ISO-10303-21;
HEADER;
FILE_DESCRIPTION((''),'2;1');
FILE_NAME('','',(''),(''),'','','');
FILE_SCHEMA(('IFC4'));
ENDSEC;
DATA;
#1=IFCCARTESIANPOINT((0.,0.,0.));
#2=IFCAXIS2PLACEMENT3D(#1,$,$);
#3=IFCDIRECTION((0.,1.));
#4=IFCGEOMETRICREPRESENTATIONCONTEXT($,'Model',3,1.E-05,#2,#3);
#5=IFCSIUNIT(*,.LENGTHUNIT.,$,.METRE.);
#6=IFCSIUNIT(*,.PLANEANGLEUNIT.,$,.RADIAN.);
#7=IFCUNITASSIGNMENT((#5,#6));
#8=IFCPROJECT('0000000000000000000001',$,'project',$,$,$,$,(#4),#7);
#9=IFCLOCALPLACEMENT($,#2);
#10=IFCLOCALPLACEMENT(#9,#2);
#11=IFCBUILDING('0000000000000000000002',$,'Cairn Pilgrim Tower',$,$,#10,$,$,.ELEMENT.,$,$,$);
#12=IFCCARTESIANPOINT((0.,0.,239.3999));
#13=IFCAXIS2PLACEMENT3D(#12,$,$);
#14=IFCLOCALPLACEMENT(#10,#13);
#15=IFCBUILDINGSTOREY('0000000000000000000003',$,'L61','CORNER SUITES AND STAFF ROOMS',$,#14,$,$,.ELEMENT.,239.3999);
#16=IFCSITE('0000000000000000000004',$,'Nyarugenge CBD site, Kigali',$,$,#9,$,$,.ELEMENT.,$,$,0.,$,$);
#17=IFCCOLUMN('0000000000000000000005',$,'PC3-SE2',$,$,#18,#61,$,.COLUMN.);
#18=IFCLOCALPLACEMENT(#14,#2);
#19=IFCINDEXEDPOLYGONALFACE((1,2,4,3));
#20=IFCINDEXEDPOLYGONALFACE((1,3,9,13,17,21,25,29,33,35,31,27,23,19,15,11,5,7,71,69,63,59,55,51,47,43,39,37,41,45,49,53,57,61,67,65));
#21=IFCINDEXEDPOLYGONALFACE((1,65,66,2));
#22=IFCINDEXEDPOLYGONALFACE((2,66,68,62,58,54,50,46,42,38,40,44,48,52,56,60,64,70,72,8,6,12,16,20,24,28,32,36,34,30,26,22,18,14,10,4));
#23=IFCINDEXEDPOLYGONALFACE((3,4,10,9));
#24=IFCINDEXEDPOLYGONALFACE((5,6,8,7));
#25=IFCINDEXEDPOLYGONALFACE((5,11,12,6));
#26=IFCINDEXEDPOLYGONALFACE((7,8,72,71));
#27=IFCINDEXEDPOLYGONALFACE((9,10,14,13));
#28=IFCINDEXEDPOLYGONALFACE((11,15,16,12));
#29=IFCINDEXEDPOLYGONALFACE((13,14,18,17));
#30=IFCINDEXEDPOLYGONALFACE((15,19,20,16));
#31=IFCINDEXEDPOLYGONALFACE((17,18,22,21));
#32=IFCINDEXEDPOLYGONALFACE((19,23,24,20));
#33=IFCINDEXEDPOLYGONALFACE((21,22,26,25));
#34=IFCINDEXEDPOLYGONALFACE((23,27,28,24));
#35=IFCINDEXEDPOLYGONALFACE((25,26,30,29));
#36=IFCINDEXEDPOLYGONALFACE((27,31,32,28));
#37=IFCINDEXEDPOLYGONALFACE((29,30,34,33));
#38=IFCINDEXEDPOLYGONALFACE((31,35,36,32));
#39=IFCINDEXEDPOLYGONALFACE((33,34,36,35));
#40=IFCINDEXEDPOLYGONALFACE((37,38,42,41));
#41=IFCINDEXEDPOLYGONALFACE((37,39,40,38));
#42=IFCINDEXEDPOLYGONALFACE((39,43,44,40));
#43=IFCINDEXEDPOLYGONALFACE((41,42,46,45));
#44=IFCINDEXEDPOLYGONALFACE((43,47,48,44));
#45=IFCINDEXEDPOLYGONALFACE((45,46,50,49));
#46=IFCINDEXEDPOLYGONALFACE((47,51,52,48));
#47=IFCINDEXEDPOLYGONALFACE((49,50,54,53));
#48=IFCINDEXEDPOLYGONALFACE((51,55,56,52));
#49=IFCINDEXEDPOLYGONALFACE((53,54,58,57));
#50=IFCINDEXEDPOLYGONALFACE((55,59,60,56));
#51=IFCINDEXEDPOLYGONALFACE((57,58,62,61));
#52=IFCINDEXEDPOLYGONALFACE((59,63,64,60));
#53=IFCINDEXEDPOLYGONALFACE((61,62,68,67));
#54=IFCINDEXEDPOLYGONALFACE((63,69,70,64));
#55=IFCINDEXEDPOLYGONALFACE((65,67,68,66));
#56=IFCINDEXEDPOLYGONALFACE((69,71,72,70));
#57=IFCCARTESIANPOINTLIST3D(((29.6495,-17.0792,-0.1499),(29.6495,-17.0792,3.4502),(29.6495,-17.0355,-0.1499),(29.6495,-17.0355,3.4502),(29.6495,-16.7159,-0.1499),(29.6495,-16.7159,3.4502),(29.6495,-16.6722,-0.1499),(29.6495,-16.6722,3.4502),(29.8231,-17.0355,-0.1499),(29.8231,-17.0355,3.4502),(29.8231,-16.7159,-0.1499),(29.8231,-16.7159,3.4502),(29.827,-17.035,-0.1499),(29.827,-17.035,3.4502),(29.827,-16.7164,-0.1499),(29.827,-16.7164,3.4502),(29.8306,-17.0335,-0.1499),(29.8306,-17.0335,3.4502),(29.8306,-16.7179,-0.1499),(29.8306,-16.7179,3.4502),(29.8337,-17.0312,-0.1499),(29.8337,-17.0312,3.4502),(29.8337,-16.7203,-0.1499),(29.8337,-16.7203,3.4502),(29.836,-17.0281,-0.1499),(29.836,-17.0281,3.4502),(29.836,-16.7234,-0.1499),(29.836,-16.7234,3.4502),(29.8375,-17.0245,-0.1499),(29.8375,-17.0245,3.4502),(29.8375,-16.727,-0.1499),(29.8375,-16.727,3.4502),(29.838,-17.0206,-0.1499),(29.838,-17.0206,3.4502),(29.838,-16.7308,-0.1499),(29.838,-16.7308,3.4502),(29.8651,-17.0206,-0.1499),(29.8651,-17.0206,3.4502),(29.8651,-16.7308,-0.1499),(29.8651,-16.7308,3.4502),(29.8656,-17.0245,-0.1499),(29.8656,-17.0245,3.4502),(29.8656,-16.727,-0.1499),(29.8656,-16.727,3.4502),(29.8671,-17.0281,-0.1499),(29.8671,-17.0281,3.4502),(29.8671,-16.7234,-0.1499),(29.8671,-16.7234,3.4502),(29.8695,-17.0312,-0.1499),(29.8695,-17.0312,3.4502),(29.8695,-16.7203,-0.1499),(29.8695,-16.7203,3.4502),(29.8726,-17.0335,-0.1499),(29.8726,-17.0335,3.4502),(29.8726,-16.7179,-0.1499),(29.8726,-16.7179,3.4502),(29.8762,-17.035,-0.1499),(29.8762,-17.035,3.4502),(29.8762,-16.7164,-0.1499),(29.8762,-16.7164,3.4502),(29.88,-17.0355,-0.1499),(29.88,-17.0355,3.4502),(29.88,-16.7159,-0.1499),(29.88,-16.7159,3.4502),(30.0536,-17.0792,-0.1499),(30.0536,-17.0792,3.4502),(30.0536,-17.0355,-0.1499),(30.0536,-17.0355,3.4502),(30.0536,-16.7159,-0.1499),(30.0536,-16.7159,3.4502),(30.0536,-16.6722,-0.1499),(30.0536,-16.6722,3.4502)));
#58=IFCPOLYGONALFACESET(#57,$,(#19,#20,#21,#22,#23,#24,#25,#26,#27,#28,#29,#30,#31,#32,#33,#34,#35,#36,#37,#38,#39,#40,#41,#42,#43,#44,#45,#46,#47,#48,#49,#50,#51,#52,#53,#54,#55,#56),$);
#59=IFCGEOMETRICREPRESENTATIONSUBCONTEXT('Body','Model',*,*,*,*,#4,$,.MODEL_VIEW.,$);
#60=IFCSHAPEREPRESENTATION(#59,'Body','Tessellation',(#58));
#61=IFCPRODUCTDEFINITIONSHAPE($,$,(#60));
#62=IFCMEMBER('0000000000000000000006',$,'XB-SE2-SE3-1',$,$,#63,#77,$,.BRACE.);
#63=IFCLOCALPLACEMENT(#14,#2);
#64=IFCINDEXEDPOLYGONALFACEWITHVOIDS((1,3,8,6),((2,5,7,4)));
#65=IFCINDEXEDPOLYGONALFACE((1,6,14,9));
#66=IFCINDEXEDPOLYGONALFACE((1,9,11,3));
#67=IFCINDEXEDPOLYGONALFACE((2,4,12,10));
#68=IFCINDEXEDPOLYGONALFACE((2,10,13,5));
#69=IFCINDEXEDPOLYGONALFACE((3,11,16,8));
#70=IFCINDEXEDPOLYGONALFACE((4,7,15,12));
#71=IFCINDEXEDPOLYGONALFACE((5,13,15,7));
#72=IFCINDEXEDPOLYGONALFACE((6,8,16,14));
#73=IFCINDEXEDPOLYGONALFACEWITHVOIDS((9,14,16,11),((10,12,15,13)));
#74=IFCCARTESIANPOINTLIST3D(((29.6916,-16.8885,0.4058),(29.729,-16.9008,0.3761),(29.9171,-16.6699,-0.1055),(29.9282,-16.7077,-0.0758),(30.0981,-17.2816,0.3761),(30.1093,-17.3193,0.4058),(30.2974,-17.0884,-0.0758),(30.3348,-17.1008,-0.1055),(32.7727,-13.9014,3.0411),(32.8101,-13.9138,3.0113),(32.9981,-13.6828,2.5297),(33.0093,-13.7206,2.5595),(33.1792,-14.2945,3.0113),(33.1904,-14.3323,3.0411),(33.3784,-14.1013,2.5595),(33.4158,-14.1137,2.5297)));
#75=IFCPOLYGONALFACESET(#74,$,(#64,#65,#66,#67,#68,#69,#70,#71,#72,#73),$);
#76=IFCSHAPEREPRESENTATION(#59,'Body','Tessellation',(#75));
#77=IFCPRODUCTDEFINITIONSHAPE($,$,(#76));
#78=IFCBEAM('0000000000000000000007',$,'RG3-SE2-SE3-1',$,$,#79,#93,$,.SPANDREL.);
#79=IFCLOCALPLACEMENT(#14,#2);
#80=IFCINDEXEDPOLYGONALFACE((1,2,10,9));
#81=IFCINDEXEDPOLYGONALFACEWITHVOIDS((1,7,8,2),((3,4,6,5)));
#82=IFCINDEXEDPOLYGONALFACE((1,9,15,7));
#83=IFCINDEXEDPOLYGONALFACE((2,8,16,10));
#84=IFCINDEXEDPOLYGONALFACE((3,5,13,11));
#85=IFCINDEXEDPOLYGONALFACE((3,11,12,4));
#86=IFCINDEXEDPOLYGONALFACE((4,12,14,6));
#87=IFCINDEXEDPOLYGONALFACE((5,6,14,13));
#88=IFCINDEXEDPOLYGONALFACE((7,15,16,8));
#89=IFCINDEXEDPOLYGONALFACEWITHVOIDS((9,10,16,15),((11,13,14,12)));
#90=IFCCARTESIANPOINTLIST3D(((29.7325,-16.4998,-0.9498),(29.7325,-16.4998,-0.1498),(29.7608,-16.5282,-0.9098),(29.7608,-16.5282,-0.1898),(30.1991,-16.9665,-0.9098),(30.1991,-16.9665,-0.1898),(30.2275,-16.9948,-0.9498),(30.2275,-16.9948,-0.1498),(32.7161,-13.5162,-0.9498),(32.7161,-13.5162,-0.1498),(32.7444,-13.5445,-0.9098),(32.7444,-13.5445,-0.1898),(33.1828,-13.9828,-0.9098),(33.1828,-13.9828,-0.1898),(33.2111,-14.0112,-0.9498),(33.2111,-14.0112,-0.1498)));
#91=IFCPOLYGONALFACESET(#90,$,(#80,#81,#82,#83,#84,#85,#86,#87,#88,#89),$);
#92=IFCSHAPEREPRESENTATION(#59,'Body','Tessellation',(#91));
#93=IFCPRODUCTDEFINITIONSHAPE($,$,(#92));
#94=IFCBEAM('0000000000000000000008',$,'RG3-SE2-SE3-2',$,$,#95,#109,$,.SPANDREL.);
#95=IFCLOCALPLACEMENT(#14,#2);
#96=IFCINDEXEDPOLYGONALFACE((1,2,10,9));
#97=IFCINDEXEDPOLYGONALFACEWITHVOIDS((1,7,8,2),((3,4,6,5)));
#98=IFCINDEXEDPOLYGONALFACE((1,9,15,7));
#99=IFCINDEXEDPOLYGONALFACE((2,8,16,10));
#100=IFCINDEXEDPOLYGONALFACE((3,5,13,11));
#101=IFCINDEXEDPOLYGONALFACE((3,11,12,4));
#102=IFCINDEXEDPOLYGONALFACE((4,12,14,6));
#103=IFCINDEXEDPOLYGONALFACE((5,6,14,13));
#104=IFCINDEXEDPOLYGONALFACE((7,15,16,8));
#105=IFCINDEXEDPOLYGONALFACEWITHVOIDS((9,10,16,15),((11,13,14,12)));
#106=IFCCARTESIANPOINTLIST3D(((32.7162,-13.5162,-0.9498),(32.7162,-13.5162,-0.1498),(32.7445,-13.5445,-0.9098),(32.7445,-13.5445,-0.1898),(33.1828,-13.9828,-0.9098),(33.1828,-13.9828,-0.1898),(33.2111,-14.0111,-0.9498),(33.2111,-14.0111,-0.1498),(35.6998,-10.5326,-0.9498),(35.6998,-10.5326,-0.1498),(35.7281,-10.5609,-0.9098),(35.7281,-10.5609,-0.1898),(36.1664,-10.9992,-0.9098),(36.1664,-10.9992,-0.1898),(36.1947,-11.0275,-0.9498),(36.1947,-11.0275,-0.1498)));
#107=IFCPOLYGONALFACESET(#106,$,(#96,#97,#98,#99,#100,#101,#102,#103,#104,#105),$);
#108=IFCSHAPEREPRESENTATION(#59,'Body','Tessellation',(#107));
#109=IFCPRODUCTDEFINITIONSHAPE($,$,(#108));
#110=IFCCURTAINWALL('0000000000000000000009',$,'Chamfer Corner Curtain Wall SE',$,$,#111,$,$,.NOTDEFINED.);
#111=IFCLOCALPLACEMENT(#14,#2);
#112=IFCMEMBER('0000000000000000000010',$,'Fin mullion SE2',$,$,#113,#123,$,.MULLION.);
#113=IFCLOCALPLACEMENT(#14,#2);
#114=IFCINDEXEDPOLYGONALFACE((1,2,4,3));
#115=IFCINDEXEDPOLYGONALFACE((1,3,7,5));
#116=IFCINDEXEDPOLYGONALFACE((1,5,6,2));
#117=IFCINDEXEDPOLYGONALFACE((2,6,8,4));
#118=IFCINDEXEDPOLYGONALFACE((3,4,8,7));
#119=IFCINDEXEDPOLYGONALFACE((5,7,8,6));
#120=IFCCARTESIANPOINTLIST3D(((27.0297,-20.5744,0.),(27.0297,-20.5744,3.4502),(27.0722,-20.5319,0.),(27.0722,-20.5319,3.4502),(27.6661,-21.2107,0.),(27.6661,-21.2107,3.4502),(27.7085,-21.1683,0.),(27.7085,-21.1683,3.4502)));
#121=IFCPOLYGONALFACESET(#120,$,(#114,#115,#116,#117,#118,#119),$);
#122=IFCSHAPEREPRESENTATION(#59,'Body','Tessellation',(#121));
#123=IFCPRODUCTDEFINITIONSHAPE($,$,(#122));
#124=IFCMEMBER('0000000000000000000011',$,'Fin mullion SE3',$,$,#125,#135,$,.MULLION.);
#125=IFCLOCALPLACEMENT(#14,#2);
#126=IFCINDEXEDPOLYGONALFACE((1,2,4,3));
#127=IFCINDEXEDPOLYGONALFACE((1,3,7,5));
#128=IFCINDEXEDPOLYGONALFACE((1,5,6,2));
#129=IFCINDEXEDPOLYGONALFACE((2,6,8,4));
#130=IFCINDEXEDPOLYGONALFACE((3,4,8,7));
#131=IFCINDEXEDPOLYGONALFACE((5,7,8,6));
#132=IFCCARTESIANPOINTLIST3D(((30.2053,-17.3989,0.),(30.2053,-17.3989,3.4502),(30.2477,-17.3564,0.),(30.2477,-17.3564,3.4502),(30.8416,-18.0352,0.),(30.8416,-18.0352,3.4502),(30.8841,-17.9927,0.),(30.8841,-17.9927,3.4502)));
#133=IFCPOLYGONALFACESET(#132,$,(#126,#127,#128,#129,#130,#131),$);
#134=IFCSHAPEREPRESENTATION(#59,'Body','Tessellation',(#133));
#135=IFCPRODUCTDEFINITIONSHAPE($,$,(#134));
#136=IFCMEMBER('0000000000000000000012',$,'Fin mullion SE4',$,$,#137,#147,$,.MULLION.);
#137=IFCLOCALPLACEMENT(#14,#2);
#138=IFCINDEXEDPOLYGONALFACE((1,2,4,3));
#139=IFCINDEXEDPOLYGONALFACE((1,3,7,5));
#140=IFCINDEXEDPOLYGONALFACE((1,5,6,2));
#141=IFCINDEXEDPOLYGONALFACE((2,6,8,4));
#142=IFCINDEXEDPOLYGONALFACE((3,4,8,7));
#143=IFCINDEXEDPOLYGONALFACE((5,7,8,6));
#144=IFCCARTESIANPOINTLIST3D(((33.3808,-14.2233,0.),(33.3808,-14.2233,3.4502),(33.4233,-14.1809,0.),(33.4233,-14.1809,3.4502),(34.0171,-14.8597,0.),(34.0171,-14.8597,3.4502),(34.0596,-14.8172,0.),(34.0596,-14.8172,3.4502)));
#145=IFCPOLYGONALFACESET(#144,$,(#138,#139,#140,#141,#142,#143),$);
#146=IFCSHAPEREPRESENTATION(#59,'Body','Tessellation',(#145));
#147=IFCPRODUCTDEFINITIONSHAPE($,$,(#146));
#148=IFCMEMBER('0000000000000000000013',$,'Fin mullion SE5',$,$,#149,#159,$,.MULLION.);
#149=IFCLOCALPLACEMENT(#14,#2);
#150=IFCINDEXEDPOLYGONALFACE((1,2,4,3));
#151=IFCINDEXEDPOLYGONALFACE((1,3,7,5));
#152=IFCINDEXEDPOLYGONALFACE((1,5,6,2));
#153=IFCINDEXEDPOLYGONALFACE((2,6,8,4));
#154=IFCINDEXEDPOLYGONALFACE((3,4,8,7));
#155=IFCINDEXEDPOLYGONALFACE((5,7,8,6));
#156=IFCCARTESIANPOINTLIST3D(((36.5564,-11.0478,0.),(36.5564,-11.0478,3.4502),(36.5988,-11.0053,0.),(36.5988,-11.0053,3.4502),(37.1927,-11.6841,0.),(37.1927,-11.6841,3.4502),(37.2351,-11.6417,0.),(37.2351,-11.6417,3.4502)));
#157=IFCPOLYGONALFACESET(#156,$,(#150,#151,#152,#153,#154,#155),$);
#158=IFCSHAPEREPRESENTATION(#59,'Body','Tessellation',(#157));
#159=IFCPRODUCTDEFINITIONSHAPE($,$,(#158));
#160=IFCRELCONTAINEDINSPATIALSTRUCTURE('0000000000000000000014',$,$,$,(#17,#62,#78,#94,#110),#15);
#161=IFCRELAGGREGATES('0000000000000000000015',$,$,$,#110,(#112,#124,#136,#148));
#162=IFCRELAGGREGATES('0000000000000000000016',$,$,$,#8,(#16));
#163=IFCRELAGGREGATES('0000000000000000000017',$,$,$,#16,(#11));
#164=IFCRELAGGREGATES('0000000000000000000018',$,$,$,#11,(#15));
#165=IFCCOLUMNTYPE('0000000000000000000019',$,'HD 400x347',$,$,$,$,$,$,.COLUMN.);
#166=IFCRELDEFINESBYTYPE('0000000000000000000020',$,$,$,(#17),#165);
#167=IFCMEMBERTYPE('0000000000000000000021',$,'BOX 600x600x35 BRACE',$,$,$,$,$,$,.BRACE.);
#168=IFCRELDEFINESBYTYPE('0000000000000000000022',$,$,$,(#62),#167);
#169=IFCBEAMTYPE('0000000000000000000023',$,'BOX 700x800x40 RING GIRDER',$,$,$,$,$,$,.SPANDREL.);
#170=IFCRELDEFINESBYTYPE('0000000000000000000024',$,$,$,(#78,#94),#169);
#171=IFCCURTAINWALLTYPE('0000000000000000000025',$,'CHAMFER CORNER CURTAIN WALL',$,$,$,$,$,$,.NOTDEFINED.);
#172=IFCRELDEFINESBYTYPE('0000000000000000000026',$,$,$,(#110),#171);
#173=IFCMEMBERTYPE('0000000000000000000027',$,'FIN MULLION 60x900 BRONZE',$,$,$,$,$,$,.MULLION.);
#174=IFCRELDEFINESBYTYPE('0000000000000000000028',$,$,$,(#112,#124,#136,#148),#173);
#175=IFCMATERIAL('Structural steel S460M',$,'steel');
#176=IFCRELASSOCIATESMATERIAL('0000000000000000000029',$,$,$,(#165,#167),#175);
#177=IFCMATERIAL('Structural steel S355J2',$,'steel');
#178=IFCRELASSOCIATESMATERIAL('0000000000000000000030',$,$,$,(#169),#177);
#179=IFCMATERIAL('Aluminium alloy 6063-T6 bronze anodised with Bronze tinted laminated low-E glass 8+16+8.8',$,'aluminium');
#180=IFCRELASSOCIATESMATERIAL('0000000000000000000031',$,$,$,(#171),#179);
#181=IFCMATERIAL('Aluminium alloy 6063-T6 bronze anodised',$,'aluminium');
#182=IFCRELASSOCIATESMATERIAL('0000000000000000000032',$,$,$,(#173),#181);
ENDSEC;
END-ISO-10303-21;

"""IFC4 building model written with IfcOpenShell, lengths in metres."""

from ifc_helpers import new_model, si_unit, direction, frame, origin, origin_2d, place, context, subcontext, project, spatial, rectangle, hollow_rectangle, i_section, extrude, material, material_profile, profile_set, type_object, element, aggregate, save


model = new_model("IFC4")

# Units and contexts
model_context = context("Model", 3, precision=1e-05, world=origin(), true_north=direction((0.0, 1.0)))
body_context = subcontext(model_context, "Body", "Model", "MODEL_VIEW")
ifc_project = project(units=[si_unit("LENGTHUNIT", "METRE"), si_unit("PLANEANGLEUNIT", "RADIAN")], contexts=[model_context])

# Site, building, storey
site_placement = place(None, origin())
site = spatial("IfcSite", under=ifc_project, at=site_placement, Name="Nyarugenge CBD site, Kigali", CompositionType="ELEMENT", RefElevation=0.0)
building_placement = place(site_placement, origin())
building = spatial("IfcBuilding", under=site, at=building_placement, Name="Cairn Pilgrim Tower", CompositionType="ELEMENT")
storey_placement = place(building_placement, frame((0.0, 0.0, 239.3999)))
storey = spatial("IfcBuildingStorey", under=building, at=storey_placement, Name="L61", Description="CORNER SUITES AND STAFF ROOMS", CompositionType="ELEMENT", Elevation=239.3999)

# Column
ifc_material_1 = material(Name="Structural steel S460M", Category="steel")
ifc_material_profile_1 = material_profile(ifc_material_1, i_section(OverallWidth=0.4041, OverallDepth=0.407, WebThickness=0.0271, FlangeThickness=0.0437, FilletRadius=0.0149, at=origin_2d()), Name="HD 400x347")
ifc_profile_set_1 = profile_set([ifc_material_profile_1], Name="Structural steel S460M")
column_type = type_object("IfcColumnType", Name="HD 400x347", PredefinedType="COLUMN", material=ifc_profile_set_1)
column_placement = place(storey_placement, frame((29.8516, -16.8757, -0.1499), z_axis=(0.0, 0.0, 1.0), x_axis=(1.0, 0.0, 0.0)))
element("IfcColumn", 1, at=column_placement, inside=storey, type_object=column_type, Name="PC3-SE2", PredefinedType="COLUMN", context=body_context, shape_type="SweptSolid", body=[
    extrude(i_section(OverallWidth=0.4041, OverallDepth=0.407, WebThickness=0.0271, FlangeThickness=0.0437, FilletRadius=0.0149, at=origin_2d()), origin(), (0.0, 0.0, 1.0), 3.6001),
])

# Member
ifc_material_profile_2 = material_profile(ifc_material_1, hollow_rectangle(XDim=0.6001, YDim=0.6001, WallThickness=0.0349, at=origin_2d()), Name="BOX 600x600x35")
ifc_profile_set_2 = profile_set([ifc_material_profile_2], Name="Structural steel S460M")
member_type_1 = type_object("IfcMemberType", Name="BOX 600x600x35 BRACE", PredefinedType="BRACE", material=ifc_profile_set_2)
member_1_placement = place(storey_placement, frame((30.0132, -16.9946, 0.1501), z_axis=(0.611822, 0.593157, 0.523297), x_axis=(-0.69607, 0.717974, 0.0)))
element("IfcMember", 2, at=member_1_placement, inside=storey, type_object=member_type_1, Name="XB-SE2-SE3-1", PredefinedType="BRACE", context=body_context, shape_type="SweptSolid", body=[
    extrude(hollow_rectangle(XDim=0.6001, YDim=0.6001, WallThickness=0.0349, at=origin_2d()), origin(), (0.0, 0.0, 1.0), 5.0359),
])

# Beams
ifc_material_2 = material(Name="Structural steel S355J2", Category="steel")
ifc_material_profile_3 = material_profile(ifc_material_2, hollow_rectangle(XDim=0.7, YDim=0.8, WallThickness=0.04, at=origin_2d()), Name="BOX 700x800x40")
ifc_profile_set_3 = profile_set([ifc_material_profile_3], Name="Structural steel S355J2")
beam_type_1 = type_object("IfcBeamType", Name="BOX 700x800x40 RING GIRDER", PredefinedType="SPANDREL", material=ifc_profile_set_3)
for number, where, z_axis, x_axis, name in (
    (3, (29.98, -16.7473, -0.5498), (0.707107, 0.707107, 0.0), (-0.707107, 0.707107, 0.0), "RG3-SE2-SE3-1"),
    (4, (32.9636, -13.7637, -0.5498), (0.707107, 0.707107, 0.0), (-0.707107, 0.707107, 0.0), "RG3-SE2-SE3-2"),
):
    element("IfcBeam", number, at=place(storey_placement, frame(where, z_axis=z_axis, x_axis=x_axis)), inside=storey, type_object=beam_type_1, Name=name, PredefinedType="SPANDREL", context=body_context, shape_type="SweptSolid", body=[
        extrude(hollow_rectangle(XDim=0.7, YDim=0.8, WallThickness=0.04, at=origin_2d()), origin(), (0.0, 0.0, 1.0), 4.2195),
    ])

# Curtain wall, members
ifc_material_3 = material(Name="Aluminium alloy 6063-T6 bronze anodised with Bronze tinted laminated low-E glass 8+16+8.8", Category="aluminium")
curtain_wall_type = type_object("IfcCurtainWallType", Name="CHAMFER CORNER CURTAIN WALL", PredefinedType="NOTDEFINED", material=ifc_material_3)
curtain_wall_placement = place(storey_placement, origin())
curtain_wall = element("IfcCurtainWall", 5, at=curtain_wall_placement, inside=storey, type_object=curtain_wall_type, Name="Chamfer Corner Curtain Wall SE", PredefinedType="NOTDEFINED")
ifc_material_4 = material(Name="Aluminium alloy 6063-T6 bronze anodised", Category="aluminium")
ifc_material_profile_4 = material_profile(ifc_material_4, rectangle(XDim=0.8999, YDim=0.0601, at=origin_2d()), Name="FIN MULLION 60x900 BRONZE")
ifc_profile_set_4 = profile_set([ifc_material_profile_4], Name="Aluminium alloy 6063-T6 bronze anodised")
member_type_2 = type_object("IfcMemberType", Name="FIN MULLION 60x900 BRONZE", PredefinedType="MULLION", material=ifc_profile_set_4)
member_2_placement = place(storey_placement, frame((27.3691, -20.8713, 0.0), z_axis=(0.0, 0.0, 1.0), x_axis=(0.707107, -0.707107, 0.0)))
member_2 = element("IfcMember", 6, at=member_2_placement, type_object=member_type_2, Name="Fin mullion SE2", PredefinedType="MULLION", context=body_context, shape_type="SweptSolid", body=[
    extrude(rectangle(XDim=0.8999, YDim=0.0601, at=origin_2d()), origin(), (0.0, 0.0, 1.0), 3.4502),
])
member_3_placement = place(storey_placement, frame((30.5447, -17.6958, 0.0), z_axis=(0.0, 0.0, 1.0), x_axis=(0.707107, -0.707107, 0.0)))
member_3 = element("IfcMember", 7, at=member_3_placement, type_object=member_type_2, Name="Fin mullion SE3", PredefinedType="MULLION", context=body_context, shape_type="SweptSolid", body=[
    extrude(rectangle(XDim=0.8999, YDim=0.0601, at=origin_2d()), origin(), (0.0, 0.0, 1.0), 3.4502),
])
member_4_placement = place(storey_placement, frame((33.7202, -14.5203, 0.0), z_axis=(0.0, 0.0, 1.0), x_axis=(0.707107, -0.707107, 0.0)))
member_4 = element("IfcMember", 8, at=member_4_placement, type_object=member_type_2, Name="Fin mullion SE4", PredefinedType="MULLION", context=body_context, shape_type="SweptSolid", body=[
    extrude(rectangle(XDim=0.8999, YDim=0.0601, at=origin_2d()), origin(), (0.0, 0.0, 1.0), 3.4502),
])
member_5_placement = place(storey_placement, frame((36.8958, -11.3447, 0.0), z_axis=(0.0, 0.0, 1.0), x_axis=(0.707107, -0.707107, 0.0)))
member_5 = element("IfcMember", 9, at=member_5_placement, type_object=member_type_2, Name="Fin mullion SE5", PredefinedType="MULLION", context=body_context, shape_type="SweptSolid", body=[
    extrude(rectangle(XDim=0.8999, YDim=0.0601, at=origin_2d()), origin(), (0.0, 0.0, 1.0), 3.4502),
])

aggregate(curtain_wall, [member_2, member_3, member_4, member_5])

save(model, "model.ifc")
